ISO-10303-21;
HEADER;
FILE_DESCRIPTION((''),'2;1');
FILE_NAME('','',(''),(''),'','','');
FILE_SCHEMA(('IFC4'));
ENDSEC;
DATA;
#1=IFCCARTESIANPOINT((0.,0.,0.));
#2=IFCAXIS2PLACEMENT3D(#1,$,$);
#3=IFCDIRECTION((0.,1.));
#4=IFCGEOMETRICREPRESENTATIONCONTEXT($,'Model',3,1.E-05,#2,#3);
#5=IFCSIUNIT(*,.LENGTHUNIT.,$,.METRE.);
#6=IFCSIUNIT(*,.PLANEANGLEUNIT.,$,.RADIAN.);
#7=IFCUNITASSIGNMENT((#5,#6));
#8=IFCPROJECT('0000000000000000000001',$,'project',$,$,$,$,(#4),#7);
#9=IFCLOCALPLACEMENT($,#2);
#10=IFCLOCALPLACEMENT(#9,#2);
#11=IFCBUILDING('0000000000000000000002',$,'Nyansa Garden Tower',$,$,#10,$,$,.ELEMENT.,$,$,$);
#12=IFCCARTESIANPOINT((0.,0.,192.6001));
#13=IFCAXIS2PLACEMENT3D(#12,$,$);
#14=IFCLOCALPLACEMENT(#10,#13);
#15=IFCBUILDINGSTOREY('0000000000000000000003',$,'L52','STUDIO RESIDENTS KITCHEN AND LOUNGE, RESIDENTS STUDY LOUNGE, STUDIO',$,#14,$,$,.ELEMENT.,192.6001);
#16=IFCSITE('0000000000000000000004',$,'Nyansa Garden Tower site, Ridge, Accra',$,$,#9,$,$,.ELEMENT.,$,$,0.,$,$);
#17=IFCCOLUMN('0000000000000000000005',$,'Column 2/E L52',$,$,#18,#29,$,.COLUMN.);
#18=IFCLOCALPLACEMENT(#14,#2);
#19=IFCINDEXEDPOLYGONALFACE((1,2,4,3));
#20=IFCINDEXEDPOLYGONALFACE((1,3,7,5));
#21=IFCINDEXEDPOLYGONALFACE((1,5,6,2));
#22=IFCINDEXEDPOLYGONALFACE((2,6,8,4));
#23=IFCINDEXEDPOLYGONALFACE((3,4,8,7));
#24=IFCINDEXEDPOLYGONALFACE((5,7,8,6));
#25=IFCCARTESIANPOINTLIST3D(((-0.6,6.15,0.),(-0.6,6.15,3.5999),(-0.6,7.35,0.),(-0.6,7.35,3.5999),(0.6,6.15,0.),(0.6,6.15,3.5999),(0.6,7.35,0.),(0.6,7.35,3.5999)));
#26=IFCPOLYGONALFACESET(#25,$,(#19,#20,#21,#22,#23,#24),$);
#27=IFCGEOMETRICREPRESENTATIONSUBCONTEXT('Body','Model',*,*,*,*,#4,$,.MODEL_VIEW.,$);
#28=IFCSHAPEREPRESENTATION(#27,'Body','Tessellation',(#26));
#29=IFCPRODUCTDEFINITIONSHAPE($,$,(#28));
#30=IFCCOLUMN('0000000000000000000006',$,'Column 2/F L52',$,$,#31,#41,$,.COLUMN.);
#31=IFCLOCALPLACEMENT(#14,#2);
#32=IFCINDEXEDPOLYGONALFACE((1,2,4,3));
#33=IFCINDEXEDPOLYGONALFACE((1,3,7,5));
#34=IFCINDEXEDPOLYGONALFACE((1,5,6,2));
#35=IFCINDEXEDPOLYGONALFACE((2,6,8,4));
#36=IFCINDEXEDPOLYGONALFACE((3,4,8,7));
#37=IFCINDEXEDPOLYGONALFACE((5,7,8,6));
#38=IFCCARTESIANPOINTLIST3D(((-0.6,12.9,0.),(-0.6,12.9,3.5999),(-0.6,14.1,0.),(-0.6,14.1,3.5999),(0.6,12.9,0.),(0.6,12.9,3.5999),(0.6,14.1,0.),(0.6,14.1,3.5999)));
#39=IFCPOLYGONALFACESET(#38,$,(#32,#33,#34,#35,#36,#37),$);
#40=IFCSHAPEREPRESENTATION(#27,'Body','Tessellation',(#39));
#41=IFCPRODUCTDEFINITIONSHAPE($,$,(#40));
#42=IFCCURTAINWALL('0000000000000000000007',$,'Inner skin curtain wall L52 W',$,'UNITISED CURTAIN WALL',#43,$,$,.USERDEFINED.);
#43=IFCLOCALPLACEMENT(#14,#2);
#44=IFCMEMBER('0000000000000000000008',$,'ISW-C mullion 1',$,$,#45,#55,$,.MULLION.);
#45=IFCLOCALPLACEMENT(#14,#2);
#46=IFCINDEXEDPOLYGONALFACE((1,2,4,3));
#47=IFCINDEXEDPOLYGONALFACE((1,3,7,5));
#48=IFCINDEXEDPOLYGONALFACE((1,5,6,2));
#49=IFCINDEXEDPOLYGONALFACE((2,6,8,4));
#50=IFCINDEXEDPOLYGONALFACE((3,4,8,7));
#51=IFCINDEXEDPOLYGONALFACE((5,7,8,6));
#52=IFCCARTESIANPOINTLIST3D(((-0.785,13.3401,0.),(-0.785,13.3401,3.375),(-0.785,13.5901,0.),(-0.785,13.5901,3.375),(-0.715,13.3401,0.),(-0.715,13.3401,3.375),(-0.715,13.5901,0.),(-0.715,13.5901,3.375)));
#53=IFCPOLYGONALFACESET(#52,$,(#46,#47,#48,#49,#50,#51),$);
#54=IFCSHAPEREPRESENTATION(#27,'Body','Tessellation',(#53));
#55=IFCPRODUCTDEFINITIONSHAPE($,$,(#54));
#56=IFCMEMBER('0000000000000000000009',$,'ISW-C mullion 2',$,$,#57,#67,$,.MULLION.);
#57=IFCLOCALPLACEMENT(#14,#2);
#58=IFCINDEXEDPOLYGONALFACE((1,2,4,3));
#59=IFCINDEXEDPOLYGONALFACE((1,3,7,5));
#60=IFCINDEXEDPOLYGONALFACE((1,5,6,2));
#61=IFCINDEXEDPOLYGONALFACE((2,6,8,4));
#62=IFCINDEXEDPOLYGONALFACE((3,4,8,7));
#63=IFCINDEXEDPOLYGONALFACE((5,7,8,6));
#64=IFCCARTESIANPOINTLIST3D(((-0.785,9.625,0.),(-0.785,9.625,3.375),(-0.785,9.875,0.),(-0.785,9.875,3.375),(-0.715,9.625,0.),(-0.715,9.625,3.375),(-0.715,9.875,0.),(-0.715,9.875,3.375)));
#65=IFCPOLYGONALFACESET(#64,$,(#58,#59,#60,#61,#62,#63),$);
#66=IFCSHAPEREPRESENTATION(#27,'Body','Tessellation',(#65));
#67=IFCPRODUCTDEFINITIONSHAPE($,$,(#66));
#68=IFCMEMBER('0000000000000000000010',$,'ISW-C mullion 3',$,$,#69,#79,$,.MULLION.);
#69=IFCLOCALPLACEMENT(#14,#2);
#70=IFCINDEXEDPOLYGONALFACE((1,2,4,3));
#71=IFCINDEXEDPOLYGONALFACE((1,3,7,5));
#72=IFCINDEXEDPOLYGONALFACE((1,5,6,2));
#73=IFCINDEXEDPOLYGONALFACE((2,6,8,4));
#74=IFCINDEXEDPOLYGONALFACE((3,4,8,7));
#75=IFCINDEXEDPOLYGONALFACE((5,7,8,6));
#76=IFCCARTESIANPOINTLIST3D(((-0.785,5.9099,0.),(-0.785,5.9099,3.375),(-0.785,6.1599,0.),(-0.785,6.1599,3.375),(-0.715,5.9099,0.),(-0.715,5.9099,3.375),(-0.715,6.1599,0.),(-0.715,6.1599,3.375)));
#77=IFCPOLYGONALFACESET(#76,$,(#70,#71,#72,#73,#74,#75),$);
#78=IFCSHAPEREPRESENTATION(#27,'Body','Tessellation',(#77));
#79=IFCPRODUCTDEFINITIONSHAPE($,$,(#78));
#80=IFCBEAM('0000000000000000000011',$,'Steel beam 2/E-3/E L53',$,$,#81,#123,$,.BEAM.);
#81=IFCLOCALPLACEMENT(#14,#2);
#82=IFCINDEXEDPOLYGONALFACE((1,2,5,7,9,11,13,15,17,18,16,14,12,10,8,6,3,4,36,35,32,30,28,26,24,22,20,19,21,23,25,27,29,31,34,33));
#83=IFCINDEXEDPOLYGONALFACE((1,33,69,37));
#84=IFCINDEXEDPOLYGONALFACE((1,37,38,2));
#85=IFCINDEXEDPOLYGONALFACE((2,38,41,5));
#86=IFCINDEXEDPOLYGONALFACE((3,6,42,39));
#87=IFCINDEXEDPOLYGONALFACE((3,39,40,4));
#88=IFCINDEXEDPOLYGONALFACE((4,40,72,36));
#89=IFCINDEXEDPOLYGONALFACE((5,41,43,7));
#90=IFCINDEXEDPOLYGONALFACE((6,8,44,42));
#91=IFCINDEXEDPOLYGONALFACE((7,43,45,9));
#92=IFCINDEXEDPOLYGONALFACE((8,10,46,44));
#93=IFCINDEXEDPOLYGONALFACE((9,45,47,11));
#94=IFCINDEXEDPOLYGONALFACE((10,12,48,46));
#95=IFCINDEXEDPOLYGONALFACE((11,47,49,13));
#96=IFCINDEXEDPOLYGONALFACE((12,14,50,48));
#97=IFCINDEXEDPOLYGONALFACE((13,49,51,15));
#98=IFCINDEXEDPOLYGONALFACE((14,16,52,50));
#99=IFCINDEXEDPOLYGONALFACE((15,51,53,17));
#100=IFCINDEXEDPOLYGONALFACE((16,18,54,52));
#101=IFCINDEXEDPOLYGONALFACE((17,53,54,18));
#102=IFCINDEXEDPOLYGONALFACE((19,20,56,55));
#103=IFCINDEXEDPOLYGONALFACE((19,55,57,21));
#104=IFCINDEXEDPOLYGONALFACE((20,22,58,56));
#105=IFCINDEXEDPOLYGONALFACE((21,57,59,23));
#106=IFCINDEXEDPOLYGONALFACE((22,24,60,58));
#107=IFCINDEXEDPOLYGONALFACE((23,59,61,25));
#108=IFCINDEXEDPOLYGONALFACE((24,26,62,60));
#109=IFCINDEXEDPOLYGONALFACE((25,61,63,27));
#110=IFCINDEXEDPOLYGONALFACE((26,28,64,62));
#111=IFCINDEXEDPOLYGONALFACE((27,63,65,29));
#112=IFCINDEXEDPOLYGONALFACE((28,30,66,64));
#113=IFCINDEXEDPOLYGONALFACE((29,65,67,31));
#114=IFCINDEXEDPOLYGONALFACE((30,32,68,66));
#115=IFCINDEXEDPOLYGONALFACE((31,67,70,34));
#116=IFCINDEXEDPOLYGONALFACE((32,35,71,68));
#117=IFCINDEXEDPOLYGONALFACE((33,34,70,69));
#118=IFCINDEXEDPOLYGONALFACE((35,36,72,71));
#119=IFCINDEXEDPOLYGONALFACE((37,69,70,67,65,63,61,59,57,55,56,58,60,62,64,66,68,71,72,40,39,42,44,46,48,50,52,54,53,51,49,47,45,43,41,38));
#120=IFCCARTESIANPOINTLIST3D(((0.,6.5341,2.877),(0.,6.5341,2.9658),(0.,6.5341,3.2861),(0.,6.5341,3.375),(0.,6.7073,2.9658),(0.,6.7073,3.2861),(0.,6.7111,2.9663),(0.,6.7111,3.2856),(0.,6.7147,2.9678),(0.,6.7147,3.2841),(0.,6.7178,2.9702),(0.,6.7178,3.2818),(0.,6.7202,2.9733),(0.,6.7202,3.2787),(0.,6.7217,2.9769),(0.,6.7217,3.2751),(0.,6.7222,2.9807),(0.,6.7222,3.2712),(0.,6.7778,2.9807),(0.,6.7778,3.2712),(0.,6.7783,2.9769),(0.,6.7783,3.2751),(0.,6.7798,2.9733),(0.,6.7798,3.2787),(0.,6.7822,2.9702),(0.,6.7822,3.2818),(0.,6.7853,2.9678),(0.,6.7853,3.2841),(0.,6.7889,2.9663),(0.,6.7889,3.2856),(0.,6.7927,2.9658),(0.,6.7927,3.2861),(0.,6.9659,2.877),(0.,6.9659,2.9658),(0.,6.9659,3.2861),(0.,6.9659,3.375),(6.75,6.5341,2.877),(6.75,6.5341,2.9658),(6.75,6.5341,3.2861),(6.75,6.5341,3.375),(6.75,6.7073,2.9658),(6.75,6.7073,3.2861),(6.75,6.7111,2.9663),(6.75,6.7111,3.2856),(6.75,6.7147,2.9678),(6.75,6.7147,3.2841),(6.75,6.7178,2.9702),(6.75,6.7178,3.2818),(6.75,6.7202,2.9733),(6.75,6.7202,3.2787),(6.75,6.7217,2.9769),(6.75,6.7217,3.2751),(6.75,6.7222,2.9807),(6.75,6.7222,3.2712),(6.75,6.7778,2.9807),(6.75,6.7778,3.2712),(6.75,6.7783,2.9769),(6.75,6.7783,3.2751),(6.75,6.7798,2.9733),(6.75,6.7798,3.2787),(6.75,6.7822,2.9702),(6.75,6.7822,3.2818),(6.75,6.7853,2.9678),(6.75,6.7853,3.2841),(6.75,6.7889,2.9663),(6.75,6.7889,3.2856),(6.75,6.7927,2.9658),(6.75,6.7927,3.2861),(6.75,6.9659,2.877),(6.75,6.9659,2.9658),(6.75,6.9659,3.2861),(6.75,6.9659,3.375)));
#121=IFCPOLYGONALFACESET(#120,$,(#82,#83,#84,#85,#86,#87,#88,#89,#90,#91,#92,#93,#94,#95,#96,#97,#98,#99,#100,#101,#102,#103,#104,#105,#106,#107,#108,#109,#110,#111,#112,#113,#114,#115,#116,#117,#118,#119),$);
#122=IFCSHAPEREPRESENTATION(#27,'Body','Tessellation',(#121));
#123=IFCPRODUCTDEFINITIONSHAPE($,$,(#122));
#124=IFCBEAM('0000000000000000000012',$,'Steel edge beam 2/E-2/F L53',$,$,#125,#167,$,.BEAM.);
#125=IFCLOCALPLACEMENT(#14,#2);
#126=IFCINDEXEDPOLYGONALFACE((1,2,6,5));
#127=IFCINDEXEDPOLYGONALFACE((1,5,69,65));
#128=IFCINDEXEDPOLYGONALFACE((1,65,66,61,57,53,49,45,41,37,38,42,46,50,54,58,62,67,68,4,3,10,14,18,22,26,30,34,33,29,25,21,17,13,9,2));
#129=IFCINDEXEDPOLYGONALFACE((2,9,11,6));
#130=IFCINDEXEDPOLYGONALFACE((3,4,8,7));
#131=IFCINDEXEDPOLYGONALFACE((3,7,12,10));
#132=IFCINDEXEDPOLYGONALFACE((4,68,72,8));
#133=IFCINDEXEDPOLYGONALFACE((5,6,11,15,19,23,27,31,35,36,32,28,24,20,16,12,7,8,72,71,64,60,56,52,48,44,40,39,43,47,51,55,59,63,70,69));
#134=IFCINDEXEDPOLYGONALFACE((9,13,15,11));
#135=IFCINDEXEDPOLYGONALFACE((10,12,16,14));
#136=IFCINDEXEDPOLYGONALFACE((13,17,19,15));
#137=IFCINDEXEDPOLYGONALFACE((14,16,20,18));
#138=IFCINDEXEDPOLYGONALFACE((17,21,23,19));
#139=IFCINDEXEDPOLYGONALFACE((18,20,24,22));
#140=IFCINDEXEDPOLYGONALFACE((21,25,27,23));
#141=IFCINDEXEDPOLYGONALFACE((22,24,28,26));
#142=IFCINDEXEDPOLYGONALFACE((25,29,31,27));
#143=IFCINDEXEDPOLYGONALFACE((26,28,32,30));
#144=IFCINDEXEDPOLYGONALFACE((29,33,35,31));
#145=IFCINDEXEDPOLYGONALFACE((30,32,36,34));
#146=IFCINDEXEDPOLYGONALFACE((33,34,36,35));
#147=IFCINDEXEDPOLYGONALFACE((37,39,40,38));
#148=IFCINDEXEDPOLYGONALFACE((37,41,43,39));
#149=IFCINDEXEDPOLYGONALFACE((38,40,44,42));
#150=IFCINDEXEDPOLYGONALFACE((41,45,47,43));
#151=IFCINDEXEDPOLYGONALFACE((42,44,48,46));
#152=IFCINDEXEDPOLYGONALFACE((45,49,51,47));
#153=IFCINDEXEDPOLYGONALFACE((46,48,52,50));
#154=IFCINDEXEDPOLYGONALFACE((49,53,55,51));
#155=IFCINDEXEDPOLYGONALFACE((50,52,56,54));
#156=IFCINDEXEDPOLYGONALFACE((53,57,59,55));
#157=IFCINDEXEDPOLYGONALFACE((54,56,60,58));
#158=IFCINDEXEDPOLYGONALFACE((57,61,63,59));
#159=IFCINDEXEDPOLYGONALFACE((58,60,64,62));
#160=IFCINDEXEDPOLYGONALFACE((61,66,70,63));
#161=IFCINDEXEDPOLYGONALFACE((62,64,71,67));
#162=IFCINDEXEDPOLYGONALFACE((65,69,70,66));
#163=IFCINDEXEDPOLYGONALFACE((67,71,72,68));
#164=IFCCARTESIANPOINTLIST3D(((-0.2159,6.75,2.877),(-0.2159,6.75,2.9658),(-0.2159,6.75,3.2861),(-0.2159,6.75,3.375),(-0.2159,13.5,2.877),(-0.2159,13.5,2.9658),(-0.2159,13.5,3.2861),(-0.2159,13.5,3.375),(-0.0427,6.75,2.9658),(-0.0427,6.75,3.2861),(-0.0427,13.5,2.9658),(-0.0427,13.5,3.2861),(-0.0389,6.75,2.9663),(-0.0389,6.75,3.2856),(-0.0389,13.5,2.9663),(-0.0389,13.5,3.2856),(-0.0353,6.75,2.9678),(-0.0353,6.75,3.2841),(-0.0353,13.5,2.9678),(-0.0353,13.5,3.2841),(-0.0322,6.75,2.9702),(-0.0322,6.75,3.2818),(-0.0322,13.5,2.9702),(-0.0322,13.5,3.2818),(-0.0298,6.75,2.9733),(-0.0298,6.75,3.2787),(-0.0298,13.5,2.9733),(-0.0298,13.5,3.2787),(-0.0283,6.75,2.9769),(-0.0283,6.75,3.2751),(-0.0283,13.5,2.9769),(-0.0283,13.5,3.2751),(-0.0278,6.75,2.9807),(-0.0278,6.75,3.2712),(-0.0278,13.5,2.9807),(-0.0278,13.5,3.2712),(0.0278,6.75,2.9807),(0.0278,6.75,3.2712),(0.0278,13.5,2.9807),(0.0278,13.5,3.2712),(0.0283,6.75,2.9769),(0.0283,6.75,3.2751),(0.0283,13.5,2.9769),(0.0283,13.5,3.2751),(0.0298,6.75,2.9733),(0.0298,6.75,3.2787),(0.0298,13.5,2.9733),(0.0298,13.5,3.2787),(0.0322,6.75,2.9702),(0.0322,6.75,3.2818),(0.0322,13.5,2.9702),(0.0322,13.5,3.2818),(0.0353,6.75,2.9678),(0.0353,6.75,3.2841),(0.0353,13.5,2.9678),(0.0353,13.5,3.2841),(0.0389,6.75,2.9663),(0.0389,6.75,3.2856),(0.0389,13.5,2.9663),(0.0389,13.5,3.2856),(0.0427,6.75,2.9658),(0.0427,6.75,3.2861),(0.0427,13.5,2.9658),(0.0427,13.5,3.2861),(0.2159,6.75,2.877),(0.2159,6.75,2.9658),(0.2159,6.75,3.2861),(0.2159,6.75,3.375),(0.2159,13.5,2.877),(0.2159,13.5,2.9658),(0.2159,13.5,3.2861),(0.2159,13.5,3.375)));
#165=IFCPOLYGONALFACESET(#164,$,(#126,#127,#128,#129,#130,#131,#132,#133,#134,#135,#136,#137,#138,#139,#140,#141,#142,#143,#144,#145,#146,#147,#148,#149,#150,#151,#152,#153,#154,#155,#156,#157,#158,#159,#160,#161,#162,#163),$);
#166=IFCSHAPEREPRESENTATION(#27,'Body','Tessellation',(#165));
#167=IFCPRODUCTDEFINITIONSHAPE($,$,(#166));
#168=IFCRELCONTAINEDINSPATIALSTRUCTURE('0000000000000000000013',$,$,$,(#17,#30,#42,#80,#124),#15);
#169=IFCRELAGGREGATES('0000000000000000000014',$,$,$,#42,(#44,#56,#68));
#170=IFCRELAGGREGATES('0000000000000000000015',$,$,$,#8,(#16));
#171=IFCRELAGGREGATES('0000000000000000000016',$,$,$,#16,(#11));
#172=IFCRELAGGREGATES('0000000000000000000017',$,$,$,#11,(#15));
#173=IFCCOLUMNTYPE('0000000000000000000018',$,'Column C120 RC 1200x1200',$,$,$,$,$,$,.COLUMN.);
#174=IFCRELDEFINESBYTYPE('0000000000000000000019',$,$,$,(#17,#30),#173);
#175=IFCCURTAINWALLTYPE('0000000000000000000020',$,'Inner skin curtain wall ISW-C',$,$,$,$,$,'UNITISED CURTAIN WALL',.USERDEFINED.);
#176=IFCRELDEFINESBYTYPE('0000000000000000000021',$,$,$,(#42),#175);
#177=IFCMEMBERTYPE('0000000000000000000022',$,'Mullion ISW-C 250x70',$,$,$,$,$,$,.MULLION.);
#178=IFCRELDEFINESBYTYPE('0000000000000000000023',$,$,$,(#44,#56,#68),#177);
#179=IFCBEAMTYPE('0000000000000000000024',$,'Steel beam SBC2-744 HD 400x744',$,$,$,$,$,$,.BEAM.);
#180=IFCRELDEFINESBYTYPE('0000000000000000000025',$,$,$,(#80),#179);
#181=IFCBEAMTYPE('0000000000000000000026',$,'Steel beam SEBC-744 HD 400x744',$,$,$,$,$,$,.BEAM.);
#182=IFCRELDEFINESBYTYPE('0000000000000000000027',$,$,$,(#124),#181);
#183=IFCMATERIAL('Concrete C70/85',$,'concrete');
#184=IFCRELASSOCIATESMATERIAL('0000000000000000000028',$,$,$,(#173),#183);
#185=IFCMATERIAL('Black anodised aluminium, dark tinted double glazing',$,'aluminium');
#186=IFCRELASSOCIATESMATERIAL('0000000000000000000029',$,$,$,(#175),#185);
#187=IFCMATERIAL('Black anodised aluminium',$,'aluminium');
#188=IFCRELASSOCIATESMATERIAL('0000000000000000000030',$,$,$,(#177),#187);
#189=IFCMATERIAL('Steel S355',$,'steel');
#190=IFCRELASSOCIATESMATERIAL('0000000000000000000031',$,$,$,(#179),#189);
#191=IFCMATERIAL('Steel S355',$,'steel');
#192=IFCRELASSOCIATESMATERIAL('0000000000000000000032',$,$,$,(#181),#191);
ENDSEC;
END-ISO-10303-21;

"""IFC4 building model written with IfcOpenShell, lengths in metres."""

from ifc_helpers import new_model, si_unit, direction, frame, origin, origin_2d, place, context, subcontext, project, spatial, rectangle, i_section, extrude, material, material_profile, profile_set, type_object, element, aggregate, save


model = new_model("IFC4")

# Units and contexts
model_context = context("Model", 3, precision=1e-05, world=origin(), true_north=direction((0.0, 1.0)))
body_context = subcontext(model_context, "Body", "Model", "MODEL_VIEW")
ifc_project = project(units=[si_unit("LENGTHUNIT", "METRE"), si_unit("PLANEANGLEUNIT", "RADIAN")], contexts=[model_context])

# Site, building, storey
site_placement = place(None, origin())
site = spatial("IfcSite", under=ifc_project, at=site_placement, Name="Nyansa Garden Tower site, Ridge, Accra", CompositionType="ELEMENT", RefElevation=0.0)
building_placement = place(site_placement, origin())
building = spatial("IfcBuilding", under=site, at=building_placement, Name="Nyansa Garden Tower", CompositionType="ELEMENT")
storey_placement = place(building_placement, frame((0.0, 0.0, 192.6001)))
storey = spatial("IfcBuildingStorey", under=building, at=storey_placement, Name="L52", Description="STUDIO RESIDENTS KITCHEN AND LOUNGE, RESIDENTS STUDY LOUNGE, STUDIO", CompositionType="ELEMENT", Elevation=192.6001)

# Columns
ifc_material_1 = material(Name="Concrete C70/85", Category="concrete")
ifc_material_profile_1 = material_profile(ifc_material_1, rectangle(XDim=1.2, YDim=1.2, at=origin_2d()), Name="RC 1200x1200")
ifc_profile_set_1 = profile_set([ifc_material_profile_1], Name="Concrete C70/85")
column_type = type_object("IfcColumnType", Name="Column C120 RC 1200x1200", PredefinedType="COLUMN", material=ifc_profile_set_1)
for number, where, z_axis, x_axis, name in (
    (1, (0.0, 6.75, 0.0), (0.0, 0.0, 1.0), (1.0, 0.0, 0.0), "Column 2/E L52"),
    (2, (0.0, 13.5, 0.0), (0.0, 0.0, 1.0), (1.0, 0.0, 0.0), "Column 2/F L52"),
):
    element("IfcColumn", number, at=place(storey_placement, frame(where, z_axis=z_axis, x_axis=x_axis)), inside=storey, type_object=column_type, Name=name, PredefinedType="COLUMN", context=body_context, shape_type="SweptSolid", body=[
        extrude(rectangle(XDim=1.2, YDim=1.2, at=origin_2d()), origin(), (0.0, 0.0, 1.0), 3.5999),
    ])

# Curtain wall, members
ifc_material_2 = material(Name="Black anodised aluminium, dark tinted double glazing", Category="aluminium")
curtain_wall_type = type_object("IfcCurtainWallType", Name="Inner skin curtain wall ISW-C", ElementType="UNITISED CURTAIN WALL", PredefinedType="USERDEFINED", material=ifc_material_2)
curtain_wall_placement = place(storey_placement, origin())
curtain_wall = element("IfcCurtainWall", 3, at=curtain_wall_placement, inside=storey, type_object=curtain_wall_type, Name="Inner skin curtain wall L52 W", ObjectType="UNITISED CURTAIN WALL", PredefinedType="USERDEFINED")
ifc_material_3 = material(Name="Black anodised aluminium", Category="aluminium")
ifc_material_profile_2 = material_profile(ifc_material_3, rectangle(XDim=0.0701, YDim=0.25, at=origin_2d()), Name="Mullion 250x70")
ifc_profile_set_2 = profile_set([ifc_material_profile_2], Name="Black anodised aluminium")
member_type_1 = type_object("IfcMemberType", Name="Mullion ISW-C 250x70", PredefinedType="MULLION", material=ifc_profile_set_2)
member_1_placement = place(storey_placement, frame((-0.75, 13.4651, 0.0), z_axis=(0.0, 0.0, 1.0), x_axis=(1.0, 0.0, 0.0)))
member_1 = element("IfcMember", 4, at=member_1_placement, type_object=member_type_1, Name="ISW-C mullion 1", PredefinedType="MULLION", context=body_context, shape_type="SweptSolid", body=[
    extrude(rectangle(XDim=0.0701, YDim=0.25, at=origin_2d()), origin(), (0.0, 0.0, 1.0), 3.375),
])
member_2_placement = place(storey_placement, frame((-0.75, 9.75, 0.0), z_axis=(0.0, 0.0, 1.0), x_axis=(1.0, 0.0, 0.0)))
member_2 = element("IfcMember", 5, at=member_2_placement, type_object=member_type_1, Name="ISW-C mullion 2", PredefinedType="MULLION", context=body_context, shape_type="SweptSolid", body=[
    extrude(rectangle(XDim=0.0701, YDim=0.25, at=origin_2d()), origin(), (0.0, 0.0, 1.0), 3.375),
])
member_3_placement = place(storey_placement, frame((-0.75, 6.0349, 0.0), z_axis=(0.0, 0.0, 1.0), x_axis=(1.0, 0.0, 0.0)))
member_3 = element("IfcMember", 6, at=member_3_placement, type_object=member_type_1, Name="ISW-C mullion 3", PredefinedType="MULLION", context=body_context, shape_type="SweptSolid", body=[
    extrude(rectangle(XDim=0.0701, YDim=0.25, at=origin_2d()), origin(), (0.0, 0.0, 1.0), 3.375),
])

# Beams
ifc_material_4 = material(Name="Steel S355", Category="steel")
ifc_material_profile_3 = material_profile(ifc_material_4, i_section(OverallWidth=0.4319, OverallDepth=0.498, WebThickness=0.0557, FlangeThickness=0.0889, FilletRadius=0.0149, at=origin_2d()), Name="HD 400x744")
ifc_profile_set_3 = profile_set([ifc_material_profile_3], Name="Steel S355")
beam_type_1 = type_object("IfcBeamType", Name="Steel beam SBC2-744 HD 400x744", PredefinedType="BEAM", material=ifc_profile_set_3)
beam_placement = place(storey_placement, frame((0.0, 6.75, 3.126), z_axis=(1.0, 0.0, 0.0), x_axis=(0.0, 1.0, 0.0)))
element("IfcBeam", 7, at=beam_placement, inside=storey, type_object=beam_type_1, Name="Steel beam 2/E-3/E L53", PredefinedType="BEAM", context=body_context, shape_type="SweptSolid", body=[
    extrude(i_section(OverallWidth=0.4319, OverallDepth=0.498, WebThickness=0.0557, FlangeThickness=0.0889, FilletRadius=0.0149, at=origin_2d()), origin(), (0.0, 0.0, 1.0), 6.75),
])
ifc_material_5 = material(Name="Steel S355", Category="steel")
ifc_material_profile_4 = material_profile(ifc_material_5, i_section(OverallWidth=0.4319, OverallDepth=0.498, WebThickness=0.0557, FlangeThickness=0.0889, FilletRadius=0.0149, at=origin_2d()), Name="HD 400x744")
ifc_profile_set_4 = profile_set([ifc_material_profile_4], Name="Steel S355")
beam_type_2 = type_object("IfcBeamType", Name="Steel beam SEBC-744 HD 400x744", PredefinedType="BEAM", material=ifc_profile_set_4)
for number, where, z_axis, x_axis, name in (
    (8, (0.0, 6.75, 3.126), (0.0, 1.0, 0.0), (-1.0, 0.0, 0.0), "Steel edge beam 2/E-2/F L53"),
):
    element("IfcBeam", number, at=place(storey_placement, frame(where, z_axis=z_axis, x_axis=x_axis)), inside=storey, type_object=beam_type_2, Name=name, PredefinedType="BEAM", context=body_context, shape_type="SweptSolid", body=[
        extrude(i_section(OverallWidth=0.4319, OverallDepth=0.498, WebThickness=0.0557, FlangeThickness=0.0889, FilletRadius=0.0149, at=origin_2d()), origin(), (0.0, 0.0, 1.0), 6.75),
    ])

aggregate(curtain_wall, [member_1, member_2, member_3])

save(model, "model.ifc")
